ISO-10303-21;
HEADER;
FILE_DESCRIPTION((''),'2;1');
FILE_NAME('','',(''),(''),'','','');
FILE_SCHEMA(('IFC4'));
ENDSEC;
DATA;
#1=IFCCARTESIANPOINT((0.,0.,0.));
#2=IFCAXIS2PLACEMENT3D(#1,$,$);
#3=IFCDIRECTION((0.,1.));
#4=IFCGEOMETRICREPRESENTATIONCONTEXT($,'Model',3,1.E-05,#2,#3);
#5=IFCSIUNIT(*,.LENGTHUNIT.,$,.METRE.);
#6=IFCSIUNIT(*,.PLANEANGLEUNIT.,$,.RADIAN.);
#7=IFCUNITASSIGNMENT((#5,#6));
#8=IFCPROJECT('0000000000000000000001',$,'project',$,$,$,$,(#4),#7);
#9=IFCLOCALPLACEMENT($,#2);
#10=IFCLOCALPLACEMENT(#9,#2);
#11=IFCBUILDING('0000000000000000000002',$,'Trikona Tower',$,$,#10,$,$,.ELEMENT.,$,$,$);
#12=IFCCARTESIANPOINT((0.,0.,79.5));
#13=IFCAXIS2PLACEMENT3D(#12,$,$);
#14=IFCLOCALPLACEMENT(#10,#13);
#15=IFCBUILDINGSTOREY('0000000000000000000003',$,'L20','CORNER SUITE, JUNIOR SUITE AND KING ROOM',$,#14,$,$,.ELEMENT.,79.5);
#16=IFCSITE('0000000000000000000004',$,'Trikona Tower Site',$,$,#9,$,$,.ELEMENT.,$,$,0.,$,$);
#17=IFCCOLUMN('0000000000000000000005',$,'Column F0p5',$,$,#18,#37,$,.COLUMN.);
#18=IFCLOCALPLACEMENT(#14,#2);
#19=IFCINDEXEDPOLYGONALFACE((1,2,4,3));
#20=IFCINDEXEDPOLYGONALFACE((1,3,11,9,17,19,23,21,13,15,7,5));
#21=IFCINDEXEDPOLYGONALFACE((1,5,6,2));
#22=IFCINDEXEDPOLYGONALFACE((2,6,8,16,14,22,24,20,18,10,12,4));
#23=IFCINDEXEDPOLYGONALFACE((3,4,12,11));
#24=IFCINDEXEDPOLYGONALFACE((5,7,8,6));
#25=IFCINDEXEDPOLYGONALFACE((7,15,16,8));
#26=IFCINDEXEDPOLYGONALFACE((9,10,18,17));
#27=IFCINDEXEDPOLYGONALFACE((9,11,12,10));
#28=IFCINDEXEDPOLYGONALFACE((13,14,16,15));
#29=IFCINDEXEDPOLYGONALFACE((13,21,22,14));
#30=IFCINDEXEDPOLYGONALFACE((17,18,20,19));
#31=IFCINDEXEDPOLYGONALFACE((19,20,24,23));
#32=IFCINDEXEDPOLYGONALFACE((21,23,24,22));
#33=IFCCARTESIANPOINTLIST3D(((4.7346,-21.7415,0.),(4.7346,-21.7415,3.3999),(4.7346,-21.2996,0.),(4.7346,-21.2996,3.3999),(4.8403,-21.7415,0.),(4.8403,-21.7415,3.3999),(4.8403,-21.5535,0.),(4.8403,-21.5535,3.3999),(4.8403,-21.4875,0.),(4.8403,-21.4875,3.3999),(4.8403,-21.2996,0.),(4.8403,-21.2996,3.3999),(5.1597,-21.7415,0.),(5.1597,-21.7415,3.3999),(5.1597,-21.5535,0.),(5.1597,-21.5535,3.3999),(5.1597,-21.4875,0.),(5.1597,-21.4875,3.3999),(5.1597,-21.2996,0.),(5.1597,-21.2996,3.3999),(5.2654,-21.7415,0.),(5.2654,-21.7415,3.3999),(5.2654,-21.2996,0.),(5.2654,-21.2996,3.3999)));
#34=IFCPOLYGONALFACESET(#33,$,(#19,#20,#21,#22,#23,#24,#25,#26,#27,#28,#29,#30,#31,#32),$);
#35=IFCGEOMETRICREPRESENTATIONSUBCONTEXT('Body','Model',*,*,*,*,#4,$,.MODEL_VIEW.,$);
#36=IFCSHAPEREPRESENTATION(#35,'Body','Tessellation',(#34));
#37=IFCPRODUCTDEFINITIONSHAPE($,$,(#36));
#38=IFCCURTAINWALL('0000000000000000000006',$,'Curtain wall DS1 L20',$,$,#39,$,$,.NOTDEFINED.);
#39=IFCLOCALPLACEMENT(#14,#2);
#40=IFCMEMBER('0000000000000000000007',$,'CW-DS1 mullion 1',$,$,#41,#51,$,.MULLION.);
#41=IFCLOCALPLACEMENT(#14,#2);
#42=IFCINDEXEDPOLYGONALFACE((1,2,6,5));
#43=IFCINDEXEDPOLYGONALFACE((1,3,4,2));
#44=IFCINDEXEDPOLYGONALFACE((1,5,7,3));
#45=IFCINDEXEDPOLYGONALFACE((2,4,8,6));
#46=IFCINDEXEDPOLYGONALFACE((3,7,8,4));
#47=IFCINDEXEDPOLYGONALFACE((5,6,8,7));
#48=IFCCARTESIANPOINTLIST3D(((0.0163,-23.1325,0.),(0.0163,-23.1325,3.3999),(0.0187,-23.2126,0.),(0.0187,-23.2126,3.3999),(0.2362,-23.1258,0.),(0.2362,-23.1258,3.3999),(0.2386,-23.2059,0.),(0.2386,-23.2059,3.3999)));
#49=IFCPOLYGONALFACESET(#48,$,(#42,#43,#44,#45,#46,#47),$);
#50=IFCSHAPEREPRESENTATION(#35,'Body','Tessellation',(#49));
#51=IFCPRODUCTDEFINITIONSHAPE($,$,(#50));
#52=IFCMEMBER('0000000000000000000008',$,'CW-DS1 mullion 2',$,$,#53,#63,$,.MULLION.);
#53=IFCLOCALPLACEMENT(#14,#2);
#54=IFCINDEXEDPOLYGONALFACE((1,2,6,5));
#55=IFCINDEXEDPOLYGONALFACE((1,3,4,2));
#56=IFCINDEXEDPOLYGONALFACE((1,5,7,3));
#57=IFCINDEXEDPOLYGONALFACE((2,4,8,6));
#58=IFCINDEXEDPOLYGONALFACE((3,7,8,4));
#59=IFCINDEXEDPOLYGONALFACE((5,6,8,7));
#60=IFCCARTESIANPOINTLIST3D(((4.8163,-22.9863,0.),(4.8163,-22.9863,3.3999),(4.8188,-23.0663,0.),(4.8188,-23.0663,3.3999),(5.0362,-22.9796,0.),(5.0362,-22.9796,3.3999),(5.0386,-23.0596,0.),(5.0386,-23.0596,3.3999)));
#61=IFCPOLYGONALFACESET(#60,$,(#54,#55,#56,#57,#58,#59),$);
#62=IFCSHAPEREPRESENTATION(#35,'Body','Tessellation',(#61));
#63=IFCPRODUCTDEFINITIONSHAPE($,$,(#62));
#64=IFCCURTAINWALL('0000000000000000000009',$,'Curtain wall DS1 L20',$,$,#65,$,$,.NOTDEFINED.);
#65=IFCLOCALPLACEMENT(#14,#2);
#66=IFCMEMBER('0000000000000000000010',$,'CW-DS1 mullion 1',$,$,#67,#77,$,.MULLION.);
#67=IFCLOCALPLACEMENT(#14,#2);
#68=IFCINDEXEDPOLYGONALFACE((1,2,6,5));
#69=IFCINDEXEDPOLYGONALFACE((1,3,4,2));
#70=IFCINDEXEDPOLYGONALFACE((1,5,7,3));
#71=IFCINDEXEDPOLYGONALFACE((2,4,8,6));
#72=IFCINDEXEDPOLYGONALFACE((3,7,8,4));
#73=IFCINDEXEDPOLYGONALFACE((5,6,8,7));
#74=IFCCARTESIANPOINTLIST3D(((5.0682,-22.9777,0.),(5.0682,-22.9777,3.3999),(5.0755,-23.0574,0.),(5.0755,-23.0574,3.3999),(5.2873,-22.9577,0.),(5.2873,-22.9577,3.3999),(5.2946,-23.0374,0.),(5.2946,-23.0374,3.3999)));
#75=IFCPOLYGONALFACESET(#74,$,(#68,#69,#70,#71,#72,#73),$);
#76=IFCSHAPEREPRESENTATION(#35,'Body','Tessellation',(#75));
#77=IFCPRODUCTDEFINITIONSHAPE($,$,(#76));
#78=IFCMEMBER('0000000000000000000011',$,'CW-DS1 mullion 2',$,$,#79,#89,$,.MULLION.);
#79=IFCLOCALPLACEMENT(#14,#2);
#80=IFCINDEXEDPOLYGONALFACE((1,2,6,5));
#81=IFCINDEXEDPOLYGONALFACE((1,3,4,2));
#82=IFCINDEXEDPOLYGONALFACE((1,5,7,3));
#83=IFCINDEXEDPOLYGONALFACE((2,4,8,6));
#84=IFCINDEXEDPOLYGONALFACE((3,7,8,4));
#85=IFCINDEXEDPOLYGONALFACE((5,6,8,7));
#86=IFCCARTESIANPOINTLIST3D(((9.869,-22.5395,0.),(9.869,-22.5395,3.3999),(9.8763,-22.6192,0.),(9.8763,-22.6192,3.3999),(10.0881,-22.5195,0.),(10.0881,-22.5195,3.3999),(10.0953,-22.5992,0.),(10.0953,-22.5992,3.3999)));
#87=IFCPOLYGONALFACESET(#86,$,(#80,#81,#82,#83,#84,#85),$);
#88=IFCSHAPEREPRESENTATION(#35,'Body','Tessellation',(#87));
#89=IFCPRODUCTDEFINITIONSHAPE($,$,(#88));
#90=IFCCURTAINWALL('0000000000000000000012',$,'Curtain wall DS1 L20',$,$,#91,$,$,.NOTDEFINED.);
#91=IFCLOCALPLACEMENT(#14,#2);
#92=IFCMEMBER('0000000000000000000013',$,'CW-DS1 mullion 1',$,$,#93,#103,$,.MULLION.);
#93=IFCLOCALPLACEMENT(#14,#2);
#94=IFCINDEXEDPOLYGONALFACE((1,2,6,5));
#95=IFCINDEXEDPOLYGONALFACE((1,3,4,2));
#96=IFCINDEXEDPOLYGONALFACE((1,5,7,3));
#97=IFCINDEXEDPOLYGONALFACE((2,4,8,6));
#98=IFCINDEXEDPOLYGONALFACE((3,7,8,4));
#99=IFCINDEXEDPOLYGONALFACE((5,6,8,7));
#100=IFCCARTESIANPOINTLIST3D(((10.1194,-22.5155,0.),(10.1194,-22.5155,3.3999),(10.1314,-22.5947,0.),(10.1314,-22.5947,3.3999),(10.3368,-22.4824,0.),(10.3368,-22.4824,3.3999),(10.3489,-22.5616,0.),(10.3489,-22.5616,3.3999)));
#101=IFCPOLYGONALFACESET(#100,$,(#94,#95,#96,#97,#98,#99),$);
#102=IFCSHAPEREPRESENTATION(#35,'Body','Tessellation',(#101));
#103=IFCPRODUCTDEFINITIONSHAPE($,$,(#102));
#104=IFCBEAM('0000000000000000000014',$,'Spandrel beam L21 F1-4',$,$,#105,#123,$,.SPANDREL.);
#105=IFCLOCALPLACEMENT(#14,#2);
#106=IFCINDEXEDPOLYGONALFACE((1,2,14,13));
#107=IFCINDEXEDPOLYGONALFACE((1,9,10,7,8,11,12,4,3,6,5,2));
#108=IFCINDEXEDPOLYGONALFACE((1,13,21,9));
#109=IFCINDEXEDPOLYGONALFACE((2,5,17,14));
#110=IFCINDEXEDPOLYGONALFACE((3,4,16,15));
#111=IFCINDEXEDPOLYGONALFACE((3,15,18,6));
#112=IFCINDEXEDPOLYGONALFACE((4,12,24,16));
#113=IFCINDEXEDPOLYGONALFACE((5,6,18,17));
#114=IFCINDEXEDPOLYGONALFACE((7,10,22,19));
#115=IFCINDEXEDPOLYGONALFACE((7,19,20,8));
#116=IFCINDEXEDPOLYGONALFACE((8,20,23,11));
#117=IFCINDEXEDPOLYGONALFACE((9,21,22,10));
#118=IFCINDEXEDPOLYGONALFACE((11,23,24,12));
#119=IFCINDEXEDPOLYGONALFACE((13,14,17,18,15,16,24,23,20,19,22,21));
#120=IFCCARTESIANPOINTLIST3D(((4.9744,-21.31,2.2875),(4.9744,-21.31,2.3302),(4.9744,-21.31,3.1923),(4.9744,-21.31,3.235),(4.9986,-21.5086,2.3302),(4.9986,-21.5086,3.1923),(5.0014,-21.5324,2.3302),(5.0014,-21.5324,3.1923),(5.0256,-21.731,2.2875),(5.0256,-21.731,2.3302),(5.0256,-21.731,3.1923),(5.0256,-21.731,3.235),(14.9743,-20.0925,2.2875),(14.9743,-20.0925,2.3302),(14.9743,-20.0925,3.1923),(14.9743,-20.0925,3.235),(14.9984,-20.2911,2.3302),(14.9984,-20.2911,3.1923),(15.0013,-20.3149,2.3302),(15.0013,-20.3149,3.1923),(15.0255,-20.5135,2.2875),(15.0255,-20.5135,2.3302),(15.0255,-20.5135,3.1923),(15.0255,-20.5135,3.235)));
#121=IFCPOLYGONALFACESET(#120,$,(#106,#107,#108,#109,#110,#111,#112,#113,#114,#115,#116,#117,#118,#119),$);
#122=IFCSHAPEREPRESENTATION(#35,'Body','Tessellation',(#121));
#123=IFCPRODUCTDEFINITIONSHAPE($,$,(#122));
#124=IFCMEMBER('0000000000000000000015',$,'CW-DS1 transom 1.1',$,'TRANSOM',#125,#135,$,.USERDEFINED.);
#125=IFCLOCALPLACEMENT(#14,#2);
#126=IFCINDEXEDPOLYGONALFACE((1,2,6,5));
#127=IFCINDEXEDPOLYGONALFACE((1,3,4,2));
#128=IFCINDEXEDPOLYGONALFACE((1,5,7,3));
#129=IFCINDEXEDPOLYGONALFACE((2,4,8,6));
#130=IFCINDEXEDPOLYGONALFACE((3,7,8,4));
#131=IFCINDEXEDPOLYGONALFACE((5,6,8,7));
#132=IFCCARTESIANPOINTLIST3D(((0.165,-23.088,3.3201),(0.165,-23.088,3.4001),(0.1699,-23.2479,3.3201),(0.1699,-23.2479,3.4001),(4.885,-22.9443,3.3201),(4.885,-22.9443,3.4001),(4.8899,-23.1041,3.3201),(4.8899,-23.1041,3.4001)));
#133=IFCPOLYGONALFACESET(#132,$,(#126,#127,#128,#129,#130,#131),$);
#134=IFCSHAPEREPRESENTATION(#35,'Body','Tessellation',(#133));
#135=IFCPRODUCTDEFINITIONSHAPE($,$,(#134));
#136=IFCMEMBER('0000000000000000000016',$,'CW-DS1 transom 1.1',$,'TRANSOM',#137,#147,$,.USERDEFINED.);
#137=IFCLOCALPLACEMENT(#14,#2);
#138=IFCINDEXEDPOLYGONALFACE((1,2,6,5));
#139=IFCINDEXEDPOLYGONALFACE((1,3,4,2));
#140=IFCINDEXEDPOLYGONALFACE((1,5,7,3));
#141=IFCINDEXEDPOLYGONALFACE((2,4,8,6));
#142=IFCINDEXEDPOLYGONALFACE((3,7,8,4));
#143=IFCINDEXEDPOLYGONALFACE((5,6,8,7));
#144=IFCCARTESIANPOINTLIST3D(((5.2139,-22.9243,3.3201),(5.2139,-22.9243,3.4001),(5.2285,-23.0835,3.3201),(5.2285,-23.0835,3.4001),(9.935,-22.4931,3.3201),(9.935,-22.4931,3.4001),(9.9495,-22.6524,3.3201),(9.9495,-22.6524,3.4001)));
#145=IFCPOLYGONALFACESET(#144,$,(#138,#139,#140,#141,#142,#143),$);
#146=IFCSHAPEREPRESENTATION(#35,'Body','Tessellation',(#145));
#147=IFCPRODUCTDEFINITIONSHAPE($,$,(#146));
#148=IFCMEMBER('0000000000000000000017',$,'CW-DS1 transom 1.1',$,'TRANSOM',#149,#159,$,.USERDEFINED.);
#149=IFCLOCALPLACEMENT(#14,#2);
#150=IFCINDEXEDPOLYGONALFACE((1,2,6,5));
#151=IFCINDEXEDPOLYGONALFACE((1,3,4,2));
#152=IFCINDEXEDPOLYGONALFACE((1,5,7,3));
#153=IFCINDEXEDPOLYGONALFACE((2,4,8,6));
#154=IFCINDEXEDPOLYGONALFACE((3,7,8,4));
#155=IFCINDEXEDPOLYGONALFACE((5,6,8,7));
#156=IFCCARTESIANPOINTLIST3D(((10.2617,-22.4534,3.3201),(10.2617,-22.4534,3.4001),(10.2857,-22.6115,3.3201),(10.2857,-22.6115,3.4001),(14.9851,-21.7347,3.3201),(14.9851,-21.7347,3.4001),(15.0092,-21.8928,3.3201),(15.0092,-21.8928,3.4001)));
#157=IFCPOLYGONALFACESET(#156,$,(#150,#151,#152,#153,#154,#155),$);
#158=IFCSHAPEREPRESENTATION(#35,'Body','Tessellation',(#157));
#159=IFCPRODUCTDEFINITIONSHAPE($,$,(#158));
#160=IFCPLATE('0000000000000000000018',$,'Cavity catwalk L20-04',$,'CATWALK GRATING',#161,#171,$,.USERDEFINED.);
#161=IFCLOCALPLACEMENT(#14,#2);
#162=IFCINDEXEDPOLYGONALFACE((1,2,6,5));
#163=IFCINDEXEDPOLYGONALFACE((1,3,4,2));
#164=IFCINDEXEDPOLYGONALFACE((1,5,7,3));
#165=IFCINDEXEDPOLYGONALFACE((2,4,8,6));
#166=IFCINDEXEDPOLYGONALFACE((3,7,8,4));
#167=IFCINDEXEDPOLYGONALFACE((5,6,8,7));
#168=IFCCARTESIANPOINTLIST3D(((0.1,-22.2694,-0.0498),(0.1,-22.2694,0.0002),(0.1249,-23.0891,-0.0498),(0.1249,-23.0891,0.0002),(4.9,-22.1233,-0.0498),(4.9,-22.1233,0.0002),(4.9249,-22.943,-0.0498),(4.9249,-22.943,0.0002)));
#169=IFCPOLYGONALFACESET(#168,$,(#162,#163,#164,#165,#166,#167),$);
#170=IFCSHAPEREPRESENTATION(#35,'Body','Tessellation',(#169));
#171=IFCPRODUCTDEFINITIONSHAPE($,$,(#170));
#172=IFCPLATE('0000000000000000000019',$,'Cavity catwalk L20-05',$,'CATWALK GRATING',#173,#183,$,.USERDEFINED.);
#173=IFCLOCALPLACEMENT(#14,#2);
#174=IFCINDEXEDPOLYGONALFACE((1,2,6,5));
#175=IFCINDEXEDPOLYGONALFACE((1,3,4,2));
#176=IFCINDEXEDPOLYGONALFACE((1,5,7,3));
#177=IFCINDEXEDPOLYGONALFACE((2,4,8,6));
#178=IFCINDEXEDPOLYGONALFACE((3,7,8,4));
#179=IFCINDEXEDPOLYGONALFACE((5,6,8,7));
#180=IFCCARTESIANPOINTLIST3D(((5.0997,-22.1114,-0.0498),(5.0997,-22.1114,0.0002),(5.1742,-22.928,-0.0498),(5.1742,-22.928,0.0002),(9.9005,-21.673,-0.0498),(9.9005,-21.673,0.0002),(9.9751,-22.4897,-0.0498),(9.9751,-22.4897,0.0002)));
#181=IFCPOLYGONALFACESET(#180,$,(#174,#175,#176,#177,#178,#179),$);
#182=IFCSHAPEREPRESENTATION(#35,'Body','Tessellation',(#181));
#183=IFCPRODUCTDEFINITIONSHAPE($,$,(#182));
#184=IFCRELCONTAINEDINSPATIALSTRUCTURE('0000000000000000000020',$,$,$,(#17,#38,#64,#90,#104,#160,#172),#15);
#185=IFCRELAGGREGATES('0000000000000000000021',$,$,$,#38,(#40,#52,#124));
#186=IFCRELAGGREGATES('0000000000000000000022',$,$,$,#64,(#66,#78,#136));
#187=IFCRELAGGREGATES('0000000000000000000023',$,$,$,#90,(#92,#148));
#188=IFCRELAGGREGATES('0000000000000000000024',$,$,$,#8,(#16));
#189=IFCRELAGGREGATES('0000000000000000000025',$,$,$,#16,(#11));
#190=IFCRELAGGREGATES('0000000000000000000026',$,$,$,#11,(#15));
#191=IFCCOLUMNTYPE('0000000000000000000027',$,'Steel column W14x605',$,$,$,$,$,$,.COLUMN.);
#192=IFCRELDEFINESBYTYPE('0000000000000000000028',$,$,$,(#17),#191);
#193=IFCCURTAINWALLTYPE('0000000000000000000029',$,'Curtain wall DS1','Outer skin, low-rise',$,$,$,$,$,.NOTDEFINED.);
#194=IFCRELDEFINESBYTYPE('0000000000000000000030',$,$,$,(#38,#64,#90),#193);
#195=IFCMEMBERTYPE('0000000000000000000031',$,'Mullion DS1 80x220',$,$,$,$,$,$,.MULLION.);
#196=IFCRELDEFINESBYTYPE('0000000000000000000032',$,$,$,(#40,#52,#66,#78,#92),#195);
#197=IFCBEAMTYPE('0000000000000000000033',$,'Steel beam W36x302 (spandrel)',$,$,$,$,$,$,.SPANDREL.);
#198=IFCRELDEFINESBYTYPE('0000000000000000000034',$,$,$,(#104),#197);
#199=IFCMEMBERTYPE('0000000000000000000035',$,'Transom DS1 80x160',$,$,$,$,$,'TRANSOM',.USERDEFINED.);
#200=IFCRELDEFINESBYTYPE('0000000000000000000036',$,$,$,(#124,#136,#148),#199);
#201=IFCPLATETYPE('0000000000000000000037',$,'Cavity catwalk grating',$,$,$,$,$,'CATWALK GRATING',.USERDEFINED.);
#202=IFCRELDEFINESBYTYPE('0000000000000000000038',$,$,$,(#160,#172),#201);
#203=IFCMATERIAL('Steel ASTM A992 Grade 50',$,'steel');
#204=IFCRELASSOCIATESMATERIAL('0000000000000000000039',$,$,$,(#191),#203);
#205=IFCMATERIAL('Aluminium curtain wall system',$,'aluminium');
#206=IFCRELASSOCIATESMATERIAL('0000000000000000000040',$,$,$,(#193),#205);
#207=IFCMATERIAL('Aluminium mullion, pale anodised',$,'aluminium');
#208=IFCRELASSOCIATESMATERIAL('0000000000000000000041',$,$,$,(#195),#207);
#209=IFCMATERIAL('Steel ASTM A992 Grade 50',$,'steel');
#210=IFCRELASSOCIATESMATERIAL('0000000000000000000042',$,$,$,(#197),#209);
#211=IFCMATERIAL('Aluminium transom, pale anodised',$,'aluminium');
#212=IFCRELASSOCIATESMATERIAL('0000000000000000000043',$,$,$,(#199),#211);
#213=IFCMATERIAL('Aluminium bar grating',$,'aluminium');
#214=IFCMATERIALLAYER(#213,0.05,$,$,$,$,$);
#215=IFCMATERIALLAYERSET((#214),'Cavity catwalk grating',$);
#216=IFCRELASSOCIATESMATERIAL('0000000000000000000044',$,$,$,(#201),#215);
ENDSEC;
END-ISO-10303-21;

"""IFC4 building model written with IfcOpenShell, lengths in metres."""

from ifc_helpers import new_model, si_unit, direction, frame, origin, origin_2d, place, context, subcontext, project, spatial, rectangle, i_section, extrude, material, layer, layer_set, material_profile, profile_set, type_object, element, aggregate, save


model = new_model("IFC4")

# Units and contexts
model_context = context("Model", 3, precision=1e-05, world=origin(), true_north=direction((0.0, 1.0)))
body_context = subcontext(model_context, "Body", "Model", "MODEL_VIEW")
ifc_project = project(units=[si_unit("LENGTHUNIT", "METRE"), si_unit("PLANEANGLEUNIT", "RADIAN")], contexts=[model_context])

# Site, building, storey
site_placement = place(None, origin())
site = spatial("IfcSite", under=ifc_project, at=site_placement, Name="Trikona Tower Site", CompositionType="ELEMENT", RefElevation=0.0)
building_placement = place(site_placement, origin())
building = spatial("IfcBuilding", under=site, at=building_placement, Name="Trikona Tower", CompositionType="ELEMENT")
storey_placement = place(building_placement, frame((0.0, 0.0, 79.5)))
storey = spatial("IfcBuildingStorey", under=building, at=storey_placement, Name="L20", Description="CORNER SUITE, JUNIOR SUITE AND KING ROOM", CompositionType="ELEMENT", Elevation=79.5)

# Column
ifc_material_1 = material(Name="Steel ASTM A992 Grade 50", Category="steel")
ifc_material_profile_1 = material_profile(ifc_material_1, i_section(OverallWidth=0.4419, OverallDepth=0.5308, WebThickness=0.0659, FlangeThickness=0.1057, at=origin_2d()), Name="W14X605")
ifc_profile_set_1 = profile_set([ifc_material_profile_1], Name="Steel ASTM A992 Grade 50")
column_type = type_object("IfcColumnType", Name="Steel column W14x605", PredefinedType="COLUMN", material=ifc_profile_set_1)
column_placement = place(storey_placement, frame((5.0, -21.5205, 0.0), z_axis=(0.0, 0.0, 1.0), x_axis=(0.0, -1.0, 0.0)))
element("IfcColumn", 1, at=column_placement, inside=storey, type_object=column_type, Name="Column F0p5", PredefinedType="COLUMN", context=body_context, shape_type="SweptSolid", body=[
    extrude(i_section(OverallWidth=0.4419, OverallDepth=0.5308, WebThickness=0.0659, FlangeThickness=0.1057, at=origin_2d()), origin(), (0.0, 0.0, 1.0), 3.3999),
])

# Curtain walls, members
ifc_material_2 = material(Name="Aluminium curtain wall system", Category="aluminium")
curtain_wall_type = type_object("IfcCurtainWallType", Name="Curtain wall DS1", Description="Outer skin, low-rise", PredefinedType="NOTDEFINED", material=ifc_material_2)
curtain_wall_1_placement = place(storey_placement, origin())
curtain_wall_1 = element("IfcCurtainWall", 2, at=curtain_wall_1_placement, inside=storey, type_object=curtain_wall_type, Name="Curtain wall DS1 L20", PredefinedType="NOTDEFINED")
ifc_material_3 = material(Name="Aluminium mullion, pale anodised", Category="aluminium")
ifc_material_profile_2 = material_profile(ifc_material_3, rectangle(XDim=0.0801, YDim=0.22, at=origin_2d()), Name="MUL-DS1")
ifc_profile_set_2 = profile_set([ifc_material_profile_2], Name="Aluminium mullion, pale anodised")
member_type_1 = type_object("IfcMemberType", Name="Mullion DS1 80x220", PredefinedType="MULLION", material=ifc_profile_set_2)
member_1_placement = place(storey_placement, frame((0.1274, -23.1692, 0.0), z_axis=(0.0, 0.0, 1.0), x_axis=(-0.030437, 0.999537, 0.0)))
member_1 = element("IfcMember", 3, at=member_1_placement, type_object=member_type_1, Name="CW-DS1 mullion 1", PredefinedType="MULLION", context=body_context, shape_type="SweptSolid", body=[
    extrude(rectangle(XDim=0.0801, YDim=0.22, at=origin_2d()), origin(), (0.0, 0.0, 1.0), 3.3999),
])
member_2_placement = place(storey_placement, frame((4.9275, -23.0229, 0.0), z_axis=(0.0, 0.0, 1.0), x_axis=(-0.030437, 0.999537, 0.0)))
member_2 = element("IfcMember", 4, at=member_2_placement, type_object=member_type_1, Name="CW-DS1 mullion 2", PredefinedType="MULLION", context=body_context, shape_type="SweptSolid", body=[
    extrude(rectangle(XDim=0.0801, YDim=0.22, at=origin_2d()), origin(), (0.0, 0.0, 1.0), 3.3999),
])
curtain_wall_2_placement = place(storey_placement, origin())
curtain_wall_2 = element("IfcCurtainWall", 5, at=curtain_wall_2_placement, inside=storey, type_object=curtain_wall_type, Name="Curtain wall DS1 L20", PredefinedType="NOTDEFINED")
member_3_placement = place(storey_placement, frame((5.1814, -23.0076, 0.0), z_axis=(0.0, 0.0, 1.0), x_axis=(-0.090924, 0.995858, 0.0)))
member_3 = element("IfcMember", 6, at=member_3_placement, type_object=member_type_1, Name="CW-DS1 mullion 1", PredefinedType="MULLION", context=body_context, shape_type="SweptSolid", body=[
    extrude(rectangle(XDim=0.0801, YDim=0.22, at=origin_2d()), origin(), (0.0, 0.0, 1.0), 3.3999),
])
member_4_placement = place(storey_placement, frame((9.9822, -22.5693, 0.0), z_axis=(0.0, 0.0, 1.0), x_axis=(-0.090924, 0.995858, 0.0)))
member_4 = element("IfcMember", 7, at=member_4_placement, type_object=member_type_1, Name="CW-DS1 mullion 2", PredefinedType="MULLION", context=body_context, shape_type="SweptSolid", body=[
    extrude(rectangle(XDim=0.0801, YDim=0.22, at=origin_2d()), origin(), (0.0, 0.0, 1.0), 3.3999),
])

# Curtain wall, member
curtain_wall_3_placement = place(storey_placement, origin())
curtain_wall_3 = element("IfcCurtainWall", 8, at=curtain_wall_3_placement, inside=storey, type_object=curtain_wall_type, Name="Curtain wall DS1 L20", PredefinedType="NOTDEFINED")
member_5_placement = place(storey_placement, frame((10.2341, -22.5386, 0.0), z_axis=(0.0, 0.0, 1.0), x_axis=(-0.150438, 0.988619, 0.0)))
member_5 = element("IfcMember", 9, at=member_5_placement, type_object=member_type_1, Name="CW-DS1 mullion 1", PredefinedType="MULLION", context=body_context, shape_type="SweptSolid", body=[
    extrude(rectangle(XDim=0.0801, YDim=0.22, at=origin_2d()), origin(), (0.0, 0.0, 1.0), 3.3999),
])

# Beam
ifc_material_4 = material(Name="Steel ASTM A992 Grade 50", Category="steel")
ifc_material_profile_3 = material_profile(ifc_material_4, i_section(OverallWidth=0.4241, OverallDepth=0.9475, WebThickness=0.0239, FlangeThickness=0.0427, at=origin_2d()), Name="W36X302")
ifc_profile_set_3 = profile_set([ifc_material_profile_3], Name="Steel ASTM A992 Grade 50")
beam_type = type_object("IfcBeamType", Name="Steel beam W36x302 (spandrel)", PredefinedType="SPANDREL", material=ifc_profile_set_3)
beam_placement = place(storey_placement, frame((5.0, -21.5205, 2.7612), z_axis=(0.99267, 0.12086, 0.0), x_axis=(-0.12086, 0.99267, 0.0)))
element("IfcBeam", 10, at=beam_placement, inside=storey, type_object=beam_type, Name="Spandrel beam L21 F1-4", PredefinedType="SPANDREL", context=body_context, shape_type="SweptSolid", body=[
    extrude(i_section(OverallWidth=0.4241, OverallDepth=0.9475, WebThickness=0.0239, FlangeThickness=0.0427, at=origin_2d()), origin(), (0.0, 0.0, 1.0), 10.0737),
])

# Members
ifc_material_5 = material(Name="Aluminium transom, pale anodised", Category="aluminium")
ifc_material_profile_4 = material_profile(ifc_material_5, rectangle(XDim=0.1599, YDim=0.0801, at=origin_2d()), Name="TRN-DS1")
ifc_profile_set_4 = profile_set([ifc_material_profile_4], Name="Aluminium transom, pale anodised")
member_type_2 = type_object("IfcMemberType", Name="Transom DS1 80x160", ElementType="TRANSOM", PredefinedType="USERDEFINED", material=ifc_profile_set_4)
member_6_placement = place(storey_placement, frame((0.1675, -23.168, 3.3601), z_axis=(0.999536, 0.030452, 0.0), x_axis=(-0.030452, 0.999536, 0.0)))
member_6 = element("IfcMember", 11, at=member_6_placement, type_object=member_type_2, Name="CW-DS1 transom 1.1", ObjectType="TRANSOM", PredefinedType="USERDEFINED", context=body_context, shape_type="SweptSolid", body=[
    extrude(rectangle(XDim=0.1599, YDim=0.0801, at=origin_2d()), origin(), (0.0, 0.0, 1.0), 4.7222),
])
member_7_placement = place(storey_placement, frame((5.2212, -23.0039, 3.3601), z_axis=(0.995856, 0.090944, 0.0), x_axis=(-0.090944, 0.995856, 0.0)))
member_7 = element("IfcMember", 12, at=member_7_placement, type_object=member_type_2, Name="CW-DS1 transom 1.1", ObjectType="TRANSOM", PredefinedType="USERDEFINED", context=body_context, shape_type="SweptSolid", body=[
    extrude(rectangle(XDim=0.1599, YDim=0.0801, at=origin_2d()), origin(), (0.0, 0.0, 1.0), 4.7407),
])
member_8_placement = place(storey_placement, frame((10.2737, -22.5325, 3.3601), z_axis=(0.98862, 0.150437, 0.0), x_axis=(-0.150437, 0.98862, 0.0)))
member_8 = element("IfcMember", 13, at=member_8_placement, type_object=member_type_2, Name="CW-DS1 transom 1.1", ObjectType="TRANSOM", PredefinedType="USERDEFINED", context=body_context, shape_type="SweptSolid", body=[
    extrude(rectangle(XDim=0.1599, YDim=0.0801, at=origin_2d()), origin(), (0.0, 0.0, 1.0), 4.7778),
])

# Plates
ifc_material_6 = material(Name="Aluminium bar grating", Category="aluminium")
ifc_layer_1 = layer(ifc_material_6, 0.05)
ifc_layer_set_1 = layer_set([ifc_layer_1], Name="Cavity catwalk grating")
plate_type_1 = type_object("IfcPlateType", Name="Cavity catwalk grating", ElementType="CATWALK GRATING", PredefinedType="USERDEFINED", material=ifc_layer_set_1)
plate_1_placement = place(storey_placement, frame((2.5125, -22.6062, -0.0498), z_axis=(0.0, 0.0, 1.0), x_axis=(0.999537, 0.030425, 0.0)))
element("IfcPlate", 14, at=plate_1_placement, inside=storey, type_object=plate_type_1, Name="Cavity catwalk L20-04", ObjectType="CATWALK GRATING", PredefinedType="USERDEFINED", context=body_context, shape_type="SweptSolid", body=[
    extrude(rectangle(XDim=4.8022, YDim=0.8201, at=origin_2d()), origin(), (0.0, 0.0, 1.0), 0.05),
])
plate_2_placement = place(storey_placement, frame((7.5374, -22.3005, -0.0498), z_axis=(0.0, 0.0, 1.0), x_axis=(0.995858, 0.090921, 0.0)))
element("IfcPlate", 15, at=plate_2_placement, inside=storey, type_object=plate_type_1, Name="Cavity catwalk L20-05", ObjectType="CATWALK GRATING", PredefinedType="USERDEFINED", context=body_context, shape_type="SweptSolid", body=[
    extrude(rectangle(XDim=4.8208, YDim=0.8201, at=origin_2d()), origin(), (0.0, 0.0, 1.0), 0.05),
])

aggregate(curtain_wall_1, [member_1, member_2, member_6])
aggregate(curtain_wall_2, [member_3, member_4, member_7])
aggregate(curtain_wall_3, [member_5, member_8])

save(model, "model.ifc")
